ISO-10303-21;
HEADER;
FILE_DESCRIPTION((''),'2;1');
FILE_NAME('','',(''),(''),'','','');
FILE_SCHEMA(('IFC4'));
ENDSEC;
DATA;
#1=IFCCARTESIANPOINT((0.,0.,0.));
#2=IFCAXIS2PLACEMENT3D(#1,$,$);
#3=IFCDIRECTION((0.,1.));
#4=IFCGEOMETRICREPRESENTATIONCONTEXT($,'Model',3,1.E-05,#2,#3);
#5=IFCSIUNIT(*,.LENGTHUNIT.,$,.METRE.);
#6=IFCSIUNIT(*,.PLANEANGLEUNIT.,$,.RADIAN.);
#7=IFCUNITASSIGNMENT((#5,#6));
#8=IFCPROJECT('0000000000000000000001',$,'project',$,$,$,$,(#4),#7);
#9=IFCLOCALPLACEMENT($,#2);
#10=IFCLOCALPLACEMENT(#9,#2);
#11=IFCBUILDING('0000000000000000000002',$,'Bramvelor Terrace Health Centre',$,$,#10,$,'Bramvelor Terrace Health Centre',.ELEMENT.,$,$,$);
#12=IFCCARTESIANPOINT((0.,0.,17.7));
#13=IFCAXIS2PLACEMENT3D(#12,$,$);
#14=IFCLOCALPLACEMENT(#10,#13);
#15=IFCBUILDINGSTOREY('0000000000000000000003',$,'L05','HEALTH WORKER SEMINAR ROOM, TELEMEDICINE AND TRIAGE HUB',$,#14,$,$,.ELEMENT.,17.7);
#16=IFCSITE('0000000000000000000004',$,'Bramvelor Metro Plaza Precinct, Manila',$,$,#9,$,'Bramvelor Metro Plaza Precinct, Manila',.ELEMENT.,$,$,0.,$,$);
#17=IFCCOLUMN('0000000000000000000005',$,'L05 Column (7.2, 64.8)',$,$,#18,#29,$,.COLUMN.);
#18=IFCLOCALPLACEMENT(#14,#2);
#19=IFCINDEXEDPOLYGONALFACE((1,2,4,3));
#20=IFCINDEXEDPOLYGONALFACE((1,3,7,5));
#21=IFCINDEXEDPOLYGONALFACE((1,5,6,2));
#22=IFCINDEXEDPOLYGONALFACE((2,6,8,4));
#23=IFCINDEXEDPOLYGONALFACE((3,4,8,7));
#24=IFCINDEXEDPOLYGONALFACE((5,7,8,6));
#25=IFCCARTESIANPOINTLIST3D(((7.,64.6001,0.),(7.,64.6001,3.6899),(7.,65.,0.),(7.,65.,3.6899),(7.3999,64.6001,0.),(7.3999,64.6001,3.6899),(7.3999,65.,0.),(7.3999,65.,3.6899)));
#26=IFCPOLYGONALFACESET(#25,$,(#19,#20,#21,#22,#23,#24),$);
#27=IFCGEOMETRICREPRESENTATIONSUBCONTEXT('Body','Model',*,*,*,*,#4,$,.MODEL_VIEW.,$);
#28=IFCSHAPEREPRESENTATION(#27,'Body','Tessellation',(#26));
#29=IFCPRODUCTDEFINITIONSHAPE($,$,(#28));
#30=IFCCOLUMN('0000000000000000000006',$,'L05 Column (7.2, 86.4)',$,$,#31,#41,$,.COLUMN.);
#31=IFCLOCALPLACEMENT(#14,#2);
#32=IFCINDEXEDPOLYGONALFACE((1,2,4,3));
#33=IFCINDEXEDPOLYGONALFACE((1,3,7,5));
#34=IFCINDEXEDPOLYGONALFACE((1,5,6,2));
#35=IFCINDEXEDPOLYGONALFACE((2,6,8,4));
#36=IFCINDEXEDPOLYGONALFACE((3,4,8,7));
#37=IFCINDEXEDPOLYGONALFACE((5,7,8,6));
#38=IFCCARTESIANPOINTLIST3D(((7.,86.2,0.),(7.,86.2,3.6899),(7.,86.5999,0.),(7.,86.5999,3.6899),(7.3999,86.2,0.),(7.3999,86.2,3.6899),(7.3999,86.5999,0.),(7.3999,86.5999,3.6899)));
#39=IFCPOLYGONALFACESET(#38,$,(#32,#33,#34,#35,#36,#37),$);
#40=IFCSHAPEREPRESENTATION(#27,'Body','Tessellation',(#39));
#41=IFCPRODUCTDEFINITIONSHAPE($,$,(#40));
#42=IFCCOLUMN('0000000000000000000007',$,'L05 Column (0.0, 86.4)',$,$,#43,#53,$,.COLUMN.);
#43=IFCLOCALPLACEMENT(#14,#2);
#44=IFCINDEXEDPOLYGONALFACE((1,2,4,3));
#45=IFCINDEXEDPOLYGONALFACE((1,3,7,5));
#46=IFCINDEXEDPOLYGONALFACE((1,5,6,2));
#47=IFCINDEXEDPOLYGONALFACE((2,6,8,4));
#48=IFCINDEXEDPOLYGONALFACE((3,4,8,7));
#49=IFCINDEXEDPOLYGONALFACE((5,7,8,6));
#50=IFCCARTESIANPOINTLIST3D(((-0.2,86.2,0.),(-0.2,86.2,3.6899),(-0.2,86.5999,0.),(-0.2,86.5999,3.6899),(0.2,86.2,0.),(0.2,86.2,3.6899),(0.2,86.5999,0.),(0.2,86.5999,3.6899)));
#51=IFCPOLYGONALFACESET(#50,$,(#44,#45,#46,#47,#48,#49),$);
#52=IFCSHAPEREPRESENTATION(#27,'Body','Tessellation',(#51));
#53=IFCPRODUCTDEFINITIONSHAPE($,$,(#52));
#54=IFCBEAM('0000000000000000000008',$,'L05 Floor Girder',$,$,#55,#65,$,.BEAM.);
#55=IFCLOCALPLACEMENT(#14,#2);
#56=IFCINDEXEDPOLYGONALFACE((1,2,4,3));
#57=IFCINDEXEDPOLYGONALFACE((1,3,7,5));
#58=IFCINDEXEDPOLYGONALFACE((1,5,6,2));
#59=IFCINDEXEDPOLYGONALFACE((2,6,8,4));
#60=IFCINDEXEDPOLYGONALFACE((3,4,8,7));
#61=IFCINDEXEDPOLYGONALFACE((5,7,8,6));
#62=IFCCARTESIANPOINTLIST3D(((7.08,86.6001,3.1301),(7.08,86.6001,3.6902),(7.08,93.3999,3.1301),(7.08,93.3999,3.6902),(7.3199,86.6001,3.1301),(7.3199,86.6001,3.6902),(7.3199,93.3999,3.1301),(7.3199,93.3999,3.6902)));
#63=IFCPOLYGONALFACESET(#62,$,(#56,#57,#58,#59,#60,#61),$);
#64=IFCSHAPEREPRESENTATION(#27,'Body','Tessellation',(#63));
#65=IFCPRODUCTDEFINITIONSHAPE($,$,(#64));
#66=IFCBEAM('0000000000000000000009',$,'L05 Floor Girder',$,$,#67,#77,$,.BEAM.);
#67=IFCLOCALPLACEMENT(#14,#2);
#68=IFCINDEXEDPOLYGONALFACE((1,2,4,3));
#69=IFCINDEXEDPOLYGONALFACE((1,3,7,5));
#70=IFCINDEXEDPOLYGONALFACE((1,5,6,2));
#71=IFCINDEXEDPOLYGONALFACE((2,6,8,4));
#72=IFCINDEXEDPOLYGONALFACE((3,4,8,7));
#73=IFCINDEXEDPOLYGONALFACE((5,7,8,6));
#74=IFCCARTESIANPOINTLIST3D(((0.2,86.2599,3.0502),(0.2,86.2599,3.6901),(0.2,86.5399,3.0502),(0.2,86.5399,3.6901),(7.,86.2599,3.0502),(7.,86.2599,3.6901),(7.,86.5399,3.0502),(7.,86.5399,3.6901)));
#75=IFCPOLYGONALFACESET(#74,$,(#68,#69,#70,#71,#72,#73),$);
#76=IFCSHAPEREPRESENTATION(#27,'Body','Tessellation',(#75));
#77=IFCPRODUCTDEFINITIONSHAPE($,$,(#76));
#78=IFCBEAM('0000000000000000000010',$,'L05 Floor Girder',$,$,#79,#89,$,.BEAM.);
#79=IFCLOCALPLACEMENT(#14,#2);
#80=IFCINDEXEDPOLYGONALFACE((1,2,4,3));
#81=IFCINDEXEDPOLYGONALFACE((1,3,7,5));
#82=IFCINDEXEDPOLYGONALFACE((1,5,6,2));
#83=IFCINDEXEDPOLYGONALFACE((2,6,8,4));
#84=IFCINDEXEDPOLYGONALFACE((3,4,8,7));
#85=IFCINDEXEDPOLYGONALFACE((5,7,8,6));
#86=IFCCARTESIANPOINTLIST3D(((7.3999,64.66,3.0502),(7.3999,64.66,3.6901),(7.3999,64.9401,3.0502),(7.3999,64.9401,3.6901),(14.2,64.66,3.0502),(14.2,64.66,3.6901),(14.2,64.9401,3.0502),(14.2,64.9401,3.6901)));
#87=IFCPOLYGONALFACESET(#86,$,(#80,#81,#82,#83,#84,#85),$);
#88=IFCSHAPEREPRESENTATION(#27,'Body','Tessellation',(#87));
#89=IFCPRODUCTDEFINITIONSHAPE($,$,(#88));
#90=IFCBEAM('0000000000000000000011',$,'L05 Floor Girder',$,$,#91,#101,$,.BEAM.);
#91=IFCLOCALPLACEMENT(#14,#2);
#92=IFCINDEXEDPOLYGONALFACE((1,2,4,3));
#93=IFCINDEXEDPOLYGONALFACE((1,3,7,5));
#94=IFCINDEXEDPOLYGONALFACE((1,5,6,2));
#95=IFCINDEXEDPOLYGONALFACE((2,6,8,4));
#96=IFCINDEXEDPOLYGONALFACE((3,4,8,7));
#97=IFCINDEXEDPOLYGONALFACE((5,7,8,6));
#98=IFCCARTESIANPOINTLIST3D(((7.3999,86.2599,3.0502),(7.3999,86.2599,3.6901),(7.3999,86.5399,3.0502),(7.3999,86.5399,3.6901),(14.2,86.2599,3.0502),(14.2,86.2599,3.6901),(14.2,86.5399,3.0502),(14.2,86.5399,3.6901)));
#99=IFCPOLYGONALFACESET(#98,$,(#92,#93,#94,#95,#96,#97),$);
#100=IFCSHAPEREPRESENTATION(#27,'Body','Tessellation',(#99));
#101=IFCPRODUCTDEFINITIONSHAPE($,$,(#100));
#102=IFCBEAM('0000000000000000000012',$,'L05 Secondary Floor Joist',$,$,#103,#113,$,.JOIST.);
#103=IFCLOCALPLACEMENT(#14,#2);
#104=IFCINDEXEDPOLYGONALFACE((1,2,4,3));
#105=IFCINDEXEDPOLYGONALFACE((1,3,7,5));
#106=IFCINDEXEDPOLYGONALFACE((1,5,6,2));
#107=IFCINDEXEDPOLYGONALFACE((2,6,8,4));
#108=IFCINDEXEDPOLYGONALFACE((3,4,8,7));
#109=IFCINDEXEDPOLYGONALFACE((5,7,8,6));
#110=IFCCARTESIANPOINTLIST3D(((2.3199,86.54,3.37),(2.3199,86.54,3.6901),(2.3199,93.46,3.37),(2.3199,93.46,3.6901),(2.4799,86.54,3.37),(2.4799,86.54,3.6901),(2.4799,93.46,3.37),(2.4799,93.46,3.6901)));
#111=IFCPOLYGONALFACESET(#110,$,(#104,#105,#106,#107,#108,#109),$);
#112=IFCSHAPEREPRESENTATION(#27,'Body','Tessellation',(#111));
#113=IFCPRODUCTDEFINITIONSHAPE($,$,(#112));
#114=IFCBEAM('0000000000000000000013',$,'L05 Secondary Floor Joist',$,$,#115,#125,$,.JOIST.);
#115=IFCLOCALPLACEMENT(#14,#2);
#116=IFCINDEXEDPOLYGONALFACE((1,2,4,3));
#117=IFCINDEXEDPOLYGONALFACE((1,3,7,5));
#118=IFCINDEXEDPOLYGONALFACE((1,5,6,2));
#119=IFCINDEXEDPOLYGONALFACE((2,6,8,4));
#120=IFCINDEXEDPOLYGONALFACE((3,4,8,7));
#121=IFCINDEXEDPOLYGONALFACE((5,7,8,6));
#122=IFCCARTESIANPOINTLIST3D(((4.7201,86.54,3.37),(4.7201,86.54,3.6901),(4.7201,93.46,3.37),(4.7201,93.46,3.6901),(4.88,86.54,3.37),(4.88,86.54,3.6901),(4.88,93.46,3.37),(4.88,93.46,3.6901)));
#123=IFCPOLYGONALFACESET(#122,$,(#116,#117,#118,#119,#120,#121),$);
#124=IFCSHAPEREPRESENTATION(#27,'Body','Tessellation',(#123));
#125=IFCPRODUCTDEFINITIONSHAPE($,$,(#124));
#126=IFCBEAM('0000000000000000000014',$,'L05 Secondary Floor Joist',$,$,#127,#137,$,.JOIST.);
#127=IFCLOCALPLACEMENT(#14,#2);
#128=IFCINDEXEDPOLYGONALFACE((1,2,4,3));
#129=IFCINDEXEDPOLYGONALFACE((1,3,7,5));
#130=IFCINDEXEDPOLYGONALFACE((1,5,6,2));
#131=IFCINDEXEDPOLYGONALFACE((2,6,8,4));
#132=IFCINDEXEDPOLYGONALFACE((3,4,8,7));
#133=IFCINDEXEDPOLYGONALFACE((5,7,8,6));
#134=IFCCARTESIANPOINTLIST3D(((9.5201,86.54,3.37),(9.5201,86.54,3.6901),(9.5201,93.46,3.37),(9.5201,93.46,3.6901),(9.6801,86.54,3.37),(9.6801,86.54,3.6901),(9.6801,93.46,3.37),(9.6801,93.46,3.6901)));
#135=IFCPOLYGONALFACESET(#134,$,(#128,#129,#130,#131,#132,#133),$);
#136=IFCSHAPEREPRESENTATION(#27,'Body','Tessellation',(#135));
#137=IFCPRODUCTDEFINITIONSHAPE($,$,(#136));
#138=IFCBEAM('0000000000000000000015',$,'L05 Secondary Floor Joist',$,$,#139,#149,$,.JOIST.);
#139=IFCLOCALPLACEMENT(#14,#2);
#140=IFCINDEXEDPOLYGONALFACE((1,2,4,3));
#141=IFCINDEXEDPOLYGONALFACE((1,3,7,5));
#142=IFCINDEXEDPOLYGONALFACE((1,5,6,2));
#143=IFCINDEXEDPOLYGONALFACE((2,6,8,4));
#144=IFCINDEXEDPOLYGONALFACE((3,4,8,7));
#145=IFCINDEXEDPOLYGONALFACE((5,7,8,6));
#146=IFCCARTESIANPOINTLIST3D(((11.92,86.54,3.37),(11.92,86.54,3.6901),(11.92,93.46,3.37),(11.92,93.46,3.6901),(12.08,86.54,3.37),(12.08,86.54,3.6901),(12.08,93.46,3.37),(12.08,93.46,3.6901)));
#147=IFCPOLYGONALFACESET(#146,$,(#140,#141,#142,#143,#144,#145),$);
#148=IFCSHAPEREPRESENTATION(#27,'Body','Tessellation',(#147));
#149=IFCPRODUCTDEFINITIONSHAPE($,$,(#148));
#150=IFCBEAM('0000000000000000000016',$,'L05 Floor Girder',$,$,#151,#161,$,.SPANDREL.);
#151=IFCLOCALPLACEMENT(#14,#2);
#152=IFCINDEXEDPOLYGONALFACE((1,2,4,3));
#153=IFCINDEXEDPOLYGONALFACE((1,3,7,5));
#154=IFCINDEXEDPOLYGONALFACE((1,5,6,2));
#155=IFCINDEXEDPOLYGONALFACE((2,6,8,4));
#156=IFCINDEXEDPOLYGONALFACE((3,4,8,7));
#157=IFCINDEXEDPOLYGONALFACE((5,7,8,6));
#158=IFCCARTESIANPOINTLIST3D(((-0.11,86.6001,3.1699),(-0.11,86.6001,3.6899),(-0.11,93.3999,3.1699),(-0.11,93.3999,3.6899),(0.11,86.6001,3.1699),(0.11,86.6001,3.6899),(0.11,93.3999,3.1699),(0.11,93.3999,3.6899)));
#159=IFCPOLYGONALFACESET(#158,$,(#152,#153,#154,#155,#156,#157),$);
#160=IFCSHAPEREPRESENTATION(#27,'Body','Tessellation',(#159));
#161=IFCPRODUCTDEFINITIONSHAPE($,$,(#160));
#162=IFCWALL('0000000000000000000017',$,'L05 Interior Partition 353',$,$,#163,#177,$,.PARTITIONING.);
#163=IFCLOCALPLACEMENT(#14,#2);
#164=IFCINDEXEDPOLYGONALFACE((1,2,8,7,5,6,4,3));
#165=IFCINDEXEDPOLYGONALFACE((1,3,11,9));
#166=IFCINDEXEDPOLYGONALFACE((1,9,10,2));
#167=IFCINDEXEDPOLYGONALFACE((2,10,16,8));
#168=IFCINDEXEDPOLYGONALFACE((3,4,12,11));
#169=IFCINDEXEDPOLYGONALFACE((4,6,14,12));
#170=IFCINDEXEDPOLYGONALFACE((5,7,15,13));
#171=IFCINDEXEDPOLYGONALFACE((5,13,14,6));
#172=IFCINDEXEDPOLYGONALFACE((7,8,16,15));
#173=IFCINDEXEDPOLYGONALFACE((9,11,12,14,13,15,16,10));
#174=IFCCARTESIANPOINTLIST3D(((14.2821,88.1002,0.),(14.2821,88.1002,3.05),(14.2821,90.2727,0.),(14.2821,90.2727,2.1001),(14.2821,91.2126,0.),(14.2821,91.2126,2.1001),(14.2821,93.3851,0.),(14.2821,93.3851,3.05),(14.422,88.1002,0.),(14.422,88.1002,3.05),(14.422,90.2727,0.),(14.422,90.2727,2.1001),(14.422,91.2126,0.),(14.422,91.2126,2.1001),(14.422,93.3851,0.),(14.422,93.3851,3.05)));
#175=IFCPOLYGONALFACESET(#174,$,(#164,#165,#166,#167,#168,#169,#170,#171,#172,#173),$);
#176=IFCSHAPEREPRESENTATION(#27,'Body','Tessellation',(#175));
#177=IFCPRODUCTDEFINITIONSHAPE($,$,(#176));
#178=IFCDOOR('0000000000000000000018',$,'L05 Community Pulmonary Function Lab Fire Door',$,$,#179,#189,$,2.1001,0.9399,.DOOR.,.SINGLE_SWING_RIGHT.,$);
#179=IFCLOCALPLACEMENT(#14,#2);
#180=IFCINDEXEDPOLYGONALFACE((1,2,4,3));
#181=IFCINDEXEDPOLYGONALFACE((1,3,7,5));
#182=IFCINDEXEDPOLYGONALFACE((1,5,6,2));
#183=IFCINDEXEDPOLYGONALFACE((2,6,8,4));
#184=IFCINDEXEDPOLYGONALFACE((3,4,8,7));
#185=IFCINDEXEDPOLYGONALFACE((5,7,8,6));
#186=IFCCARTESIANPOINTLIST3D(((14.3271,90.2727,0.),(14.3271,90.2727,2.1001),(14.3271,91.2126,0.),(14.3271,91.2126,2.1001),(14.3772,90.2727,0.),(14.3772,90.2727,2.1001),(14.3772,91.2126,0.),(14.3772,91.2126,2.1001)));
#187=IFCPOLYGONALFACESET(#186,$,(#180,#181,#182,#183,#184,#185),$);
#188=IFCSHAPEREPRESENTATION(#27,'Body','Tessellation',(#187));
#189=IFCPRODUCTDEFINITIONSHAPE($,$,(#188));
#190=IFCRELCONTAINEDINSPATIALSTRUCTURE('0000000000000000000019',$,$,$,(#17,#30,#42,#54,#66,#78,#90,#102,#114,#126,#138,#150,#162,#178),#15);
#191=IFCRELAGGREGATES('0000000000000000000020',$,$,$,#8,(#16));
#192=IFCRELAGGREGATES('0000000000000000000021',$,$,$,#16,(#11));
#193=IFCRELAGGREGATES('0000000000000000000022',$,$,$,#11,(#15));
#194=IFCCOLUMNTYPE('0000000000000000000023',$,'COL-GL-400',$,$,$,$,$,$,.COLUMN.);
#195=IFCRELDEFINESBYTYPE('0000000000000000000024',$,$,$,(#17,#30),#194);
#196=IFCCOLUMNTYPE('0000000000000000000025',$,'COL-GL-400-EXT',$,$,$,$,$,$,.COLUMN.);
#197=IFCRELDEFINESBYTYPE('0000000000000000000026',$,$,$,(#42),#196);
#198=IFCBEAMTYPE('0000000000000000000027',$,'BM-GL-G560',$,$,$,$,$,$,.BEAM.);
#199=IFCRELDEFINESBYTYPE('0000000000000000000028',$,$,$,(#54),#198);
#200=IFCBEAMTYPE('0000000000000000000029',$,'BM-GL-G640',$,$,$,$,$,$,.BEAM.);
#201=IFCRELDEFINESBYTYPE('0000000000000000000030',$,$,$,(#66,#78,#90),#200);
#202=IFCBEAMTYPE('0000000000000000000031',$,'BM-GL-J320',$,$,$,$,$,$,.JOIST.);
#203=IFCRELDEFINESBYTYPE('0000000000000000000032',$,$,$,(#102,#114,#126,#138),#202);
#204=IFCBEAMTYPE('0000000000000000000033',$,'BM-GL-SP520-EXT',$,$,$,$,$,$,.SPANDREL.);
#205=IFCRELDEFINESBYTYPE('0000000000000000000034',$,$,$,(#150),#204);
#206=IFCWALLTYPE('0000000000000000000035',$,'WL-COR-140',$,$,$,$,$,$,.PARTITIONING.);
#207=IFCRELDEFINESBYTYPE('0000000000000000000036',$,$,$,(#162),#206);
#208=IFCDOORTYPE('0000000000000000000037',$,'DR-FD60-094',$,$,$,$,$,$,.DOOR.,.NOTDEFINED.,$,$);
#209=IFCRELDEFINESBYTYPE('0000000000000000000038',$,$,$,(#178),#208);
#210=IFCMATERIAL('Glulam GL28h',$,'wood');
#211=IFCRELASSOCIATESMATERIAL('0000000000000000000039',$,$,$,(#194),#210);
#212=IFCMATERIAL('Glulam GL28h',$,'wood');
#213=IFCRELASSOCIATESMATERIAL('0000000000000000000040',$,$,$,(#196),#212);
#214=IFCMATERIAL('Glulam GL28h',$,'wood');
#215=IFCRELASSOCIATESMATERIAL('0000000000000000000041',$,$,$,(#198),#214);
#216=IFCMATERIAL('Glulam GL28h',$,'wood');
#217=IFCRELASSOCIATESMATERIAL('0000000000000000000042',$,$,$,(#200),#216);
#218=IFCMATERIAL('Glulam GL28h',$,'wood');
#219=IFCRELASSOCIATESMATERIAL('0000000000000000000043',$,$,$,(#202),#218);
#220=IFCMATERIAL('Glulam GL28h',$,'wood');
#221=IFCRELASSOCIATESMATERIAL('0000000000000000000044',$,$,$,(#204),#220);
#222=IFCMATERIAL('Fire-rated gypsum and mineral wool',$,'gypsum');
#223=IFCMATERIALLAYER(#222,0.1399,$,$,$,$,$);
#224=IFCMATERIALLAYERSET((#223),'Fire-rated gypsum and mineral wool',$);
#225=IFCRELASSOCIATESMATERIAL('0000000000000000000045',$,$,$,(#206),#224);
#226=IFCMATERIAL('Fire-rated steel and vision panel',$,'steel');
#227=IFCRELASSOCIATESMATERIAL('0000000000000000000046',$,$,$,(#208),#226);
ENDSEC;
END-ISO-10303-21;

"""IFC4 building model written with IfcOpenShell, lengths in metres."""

from ifc_helpers import new_model, si_unit, direction, frame, frame_2d, origin, origin_2d, place, context, subcontext, project, spatial, rectangle, extrude, material, layer, layer_set, material_profile, profile_set, type_object, element, fill, save


model = new_model("IFC4")

# Units and contexts
model_context = context("Model", 3, precision=1e-05, world=origin(), true_north=direction((0.0, 1.0)))
body_context = subcontext(model_context, "Body", "Model", "MODEL_VIEW")
ifc_project = project(units=[si_unit("LENGTHUNIT", "METRE"), si_unit("PLANEANGLEUNIT", "RADIAN")], contexts=[model_context])

# Site, building, storey
site_placement = place(None, origin())
site = spatial("IfcSite", under=ifc_project, at=site_placement, Name="Bramvelor Metro Plaza Precinct, Manila", LongName="Bramvelor Metro Plaza Precinct, Manila", CompositionType="ELEMENT", RefElevation=0.0)
building_placement = place(site_placement, origin())
building = spatial("IfcBuilding", under=site, at=building_placement, Name="Bramvelor Terrace Health Centre", LongName="Bramvelor Terrace Health Centre", CompositionType="ELEMENT")
storey_placement = place(building_placement, frame((0.0, 0.0, 17.7)))
storey = spatial("IfcBuildingStorey", under=building, at=storey_placement, Name="L05", Description="HEALTH WORKER SEMINAR ROOM, TELEMEDICINE AND TRIAGE HUB", CompositionType="ELEMENT", Elevation=17.7)

# Columns
ifc_material_1 = material(Name="Glulam GL28h", Category="wood")
ifc_material_profile_1 = material_profile(ifc_material_1, rectangle(XDim=0.3999, YDim=0.3999, at=origin_2d()), Name="GL 400x400")
ifc_profile_set_1 = profile_set([ifc_material_profile_1], Name="Glulam GL28h")
column_type_1 = type_object("IfcColumnType", Name="COL-GL-400", PredefinedType="COLUMN", material=ifc_profile_set_1)
for number, where, z_axis, x_axis, name in (
    (1, (7.2, 64.8, 0.0), (0.0, 0.0, 1.0), (1.0, 0.0, 0.0), "L05 Column (7.2, 64.8)"),
    (2, (7.2, 86.3999, 0.0), (0.0, 0.0, 1.0), (1.0, 0.0, 0.0), "L05 Column (7.2, 86.4)"),
):
    element("IfcColumn", number, at=place(storey_placement, frame(where, z_axis=z_axis, x_axis=x_axis)), inside=storey, type_object=column_type_1, Name=name, PredefinedType="COLUMN", context=body_context, shape_type="SweptSolid", body=[
        extrude(rectangle(XDim=0.3999, YDim=0.3999, at=origin_2d()), origin(), (0.0, 0.0, 1.0), 3.6899),
    ])
ifc_material_2 = material(Name="Glulam GL28h", Category="wood")
ifc_material_profile_2 = material_profile(ifc_material_2, rectangle(XDim=0.3999, YDim=0.3999, at=origin_2d()), Name="GL 400x400")
ifc_profile_set_2 = profile_set([ifc_material_profile_2], Name="Glulam GL28h")
column_type_2 = type_object("IfcColumnType", Name="COL-GL-400-EXT", PredefinedType="COLUMN", material=ifc_profile_set_2)
column_placement = place(storey_placement, frame((0.0, 86.3999, 0.0), z_axis=(0.0, 0.0, 1.0), x_axis=(1.0, 0.0, 0.0)))
element("IfcColumn", 3, at=column_placement, inside=storey, type_object=column_type_2, Name="L05 Column (0.0, 86.4)", PredefinedType="COLUMN", context=body_context, shape_type="SweptSolid", body=[
    extrude(rectangle(XDim=0.3999, YDim=0.3999, at=origin_2d()), origin(), (0.0, 0.0, 1.0), 3.6899),
])

# Beams
ifc_material_3 = material(Name="Glulam GL28h", Category="wood")
ifc_material_profile_3 = material_profile(ifc_material_3, rectangle(XDim=0.24, YDim=0.5601, at=origin_2d()), Name="GL 240x560")
ifc_profile_set_3 = profile_set([ifc_material_profile_3], Name="Glulam GL28h")
beam_type_1 = type_object("IfcBeamType", Name="BM-GL-G560", PredefinedType="BEAM", material=ifc_profile_set_3)
beam_1_placement = place(storey_placement, frame((7.2, 86.6001, 3.4102), z_axis=(0.0, 1.0, 0.0), x_axis=(-1.0, 0.0, 0.0)))
element("IfcBeam", 4, at=beam_1_placement, inside=storey, type_object=beam_type_1, Name="L05 Floor Girder", PredefinedType="BEAM", context=body_context, shape_type="SweptSolid", body=[
    extrude(rectangle(XDim=0.24, YDim=0.5601, at=origin_2d()), origin(), (0.0, 0.0, 1.0), 6.7998),
])
ifc_material_4 = material(Name="Glulam GL28h", Category="wood")
ifc_material_profile_4 = material_profile(ifc_material_4, rectangle(XDim=0.28, YDim=0.6399, at=origin_2d()), Name="GL 280x640")
ifc_profile_set_4 = profile_set([ifc_material_profile_4], Name="Glulam GL28h")
beam_type_2 = type_object("IfcBeamType", Name="BM-GL-G640", PredefinedType="BEAM", material=ifc_profile_set_4)
for number, where, z_axis, x_axis, name in (
    (5, (0.2, 86.3999, 3.3701), (1.0, 0.0, 0.0), (0.0, 1.0, 0.0), "L05 Floor Girder"),
    (6, (7.3999, 64.8, 3.3701), (1.0, 0.0, 0.0), (0.0, 1.0, 0.0), "L05 Floor Girder"),
    (7, (7.3999, 86.3999, 3.3701), (1.0, 0.0, 0.0), (0.0, 1.0, 0.0), "L05 Floor Girder"),
):
    element("IfcBeam", number, at=place(storey_placement, frame(where, z_axis=z_axis, x_axis=x_axis)), inside=storey, type_object=beam_type_2, Name=name, PredefinedType="BEAM", context=body_context, shape_type="SweptSolid", body=[
        extrude(rectangle(XDim=0.28, YDim=0.6399, at=origin_2d()), origin(), (0.0, 0.0, 1.0), 6.8),
    ])
ifc_material_5 = material(Name="Glulam GL28h", Category="wood")
ifc_material_profile_5 = material_profile(ifc_material_5, rectangle(XDim=0.1599, YDim=0.3201, at=origin_2d()), Name="GL 160x320")
ifc_profile_set_5 = profile_set([ifc_material_profile_5], Name="Glulam GL28h")
beam_type_3 = type_object("IfcBeamType", Name="BM-GL-J320", PredefinedType="JOIST", material=ifc_profile_set_5)
for number, where, z_axis, x_axis, name in (
    (8, (2.3999, 86.54, 3.53), (0.0, 1.0, 0.0), (-1.0, 0.0, 0.0), "L05 Secondary Floor Joist"),
    (9, (4.8, 86.54, 3.53), (0.0, 1.0, 0.0), (-1.0, 0.0, 0.0), "L05 Secondary Floor Joist"),
    (10, (9.6001, 86.54, 3.53), (0.0, 1.0, 0.0), (-1.0, 0.0, 0.0), "L05 Secondary Floor Joist"),
    (11, (12.0, 86.54, 3.53), (0.0, 1.0, 0.0), (-1.0, 0.0, 0.0), "L05 Secondary Floor Joist"),
):
    element("IfcBeam", number, at=place(storey_placement, frame(where, z_axis=z_axis, x_axis=x_axis)), inside=storey, type_object=beam_type_3, Name=name, PredefinedType="JOIST", context=body_context, shape_type="SweptSolid", body=[
        extrude(rectangle(XDim=0.1599, YDim=0.3201, at=origin_2d()), origin(), (0.0, 0.0, 1.0), 6.9199),
    ])
ifc_material_6 = material(Name="Glulam GL28h", Category="wood")
ifc_material_profile_6 = material_profile(ifc_material_6, rectangle(XDim=0.22, YDim=0.52, at=origin_2d()), Name="GL 220x520")
ifc_profile_set_6 = profile_set([ifc_material_profile_6], Name="Glulam GL28h")
beam_type_4 = type_object("IfcBeamType", Name="BM-GL-SP520-EXT", PredefinedType="SPANDREL", material=ifc_profile_set_6)
beam_2_placement = place(storey_placement, frame((0.0, 86.6001, 3.4299), z_axis=(0.0, 1.0, 0.0), x_axis=(-1.0, 0.0, 0.0)))
element("IfcBeam", 12, at=beam_2_placement, inside=storey, type_object=beam_type_4, Name="L05 Floor Girder", PredefinedType="SPANDREL", context=body_context, shape_type="SweptSolid", body=[
    extrude(rectangle(XDim=0.22, YDim=0.52, at=origin_2d()), origin(), (0.0, 0.0, 1.0), 6.7998),
])

# Wall, opening, door
ifc_material_7 = material(Name="Fire-rated gypsum and mineral wool", Category="gypsum")
ifc_layer_1 = layer(ifc_material_7, 0.1399)
ifc_layer_set_1 = layer_set([ifc_layer_1], Name="Fire-rated gypsum and mineral wool")
wall_type_1 = type_object("IfcWallType", Name="WL-COR-140", PredefinedType="PARTITIONING", material=ifc_layer_set_1)
wall_1_placement = place(storey_placement, frame((14.3521, 88.1001, 0.0), z_axis=(0.0, 0.0, 1.0), x_axis=(0.0, 1.0, 0.0)))
wall_1 = element("IfcWall", 13, at=wall_1_placement, inside=storey, type_object=wall_type_1, Name="L05 Interior Partition 353", PredefinedType="PARTITIONING", context=body_context, shape_type="SweptSolid", body=[
    extrude(rectangle(XDim=5.2849, YDim=0.1399, at=frame_2d((2.6426, 0.0))), origin(), (0.0, 0.0, 1.0), 3.05),
])
opening_1_placement = place(wall_1_placement, frame((2.1726, 0.0, 0.0)))
opening_1 = element("IfcOpeningElement", 14, at=opening_1_placement, cuts=wall_1, PredefinedType="OPENING", context=body_context, shape_type="SweptSolid", body=[
    extrude(rectangle(XDim=0.9399, YDim=2.1001, at=frame_2d((0.47, 1.05))), frame((0.0, 0.0798, 0.0), z_axis=(0.0, -1.0, 0.0), x_axis=(1.0, 0.0, 0.0)), (0.0, 0.0, 1.0), 0.1599),
])
ifc_material_8 = material(Name="Fire-rated steel and vision panel", Category="steel")
door_type = type_object("IfcDoorType", Name="DR-FD60-094", OperationType="NOTDEFINED", PredefinedType="DOOR", material=ifc_material_8)
door_placement = place(opening_1_placement, origin())
door = element("IfcDoor", 15, at=door_placement, inside=storey, type_object=door_type, Name="L05 Community Pulmonary Function Lab Fire Door", OperationType="SINGLE_SWING_RIGHT", OverallHeight=2.1001, OverallWidth=0.9399, PredefinedType="DOOR", context=body_context, shape_type="SweptSolid", body=[
    extrude(rectangle(XDim=0.9399, YDim=2.1001, at=frame_2d((0.47, 1.05))), frame((0.0, 0.0249, 0.0), z_axis=(0.0, -1.0, 0.0), x_axis=(1.0, 0.0, 0.0)), (0.0, 0.0, 1.0), 0.05),
])
fill(opening_1, door)

save(model, "model.ifc")
